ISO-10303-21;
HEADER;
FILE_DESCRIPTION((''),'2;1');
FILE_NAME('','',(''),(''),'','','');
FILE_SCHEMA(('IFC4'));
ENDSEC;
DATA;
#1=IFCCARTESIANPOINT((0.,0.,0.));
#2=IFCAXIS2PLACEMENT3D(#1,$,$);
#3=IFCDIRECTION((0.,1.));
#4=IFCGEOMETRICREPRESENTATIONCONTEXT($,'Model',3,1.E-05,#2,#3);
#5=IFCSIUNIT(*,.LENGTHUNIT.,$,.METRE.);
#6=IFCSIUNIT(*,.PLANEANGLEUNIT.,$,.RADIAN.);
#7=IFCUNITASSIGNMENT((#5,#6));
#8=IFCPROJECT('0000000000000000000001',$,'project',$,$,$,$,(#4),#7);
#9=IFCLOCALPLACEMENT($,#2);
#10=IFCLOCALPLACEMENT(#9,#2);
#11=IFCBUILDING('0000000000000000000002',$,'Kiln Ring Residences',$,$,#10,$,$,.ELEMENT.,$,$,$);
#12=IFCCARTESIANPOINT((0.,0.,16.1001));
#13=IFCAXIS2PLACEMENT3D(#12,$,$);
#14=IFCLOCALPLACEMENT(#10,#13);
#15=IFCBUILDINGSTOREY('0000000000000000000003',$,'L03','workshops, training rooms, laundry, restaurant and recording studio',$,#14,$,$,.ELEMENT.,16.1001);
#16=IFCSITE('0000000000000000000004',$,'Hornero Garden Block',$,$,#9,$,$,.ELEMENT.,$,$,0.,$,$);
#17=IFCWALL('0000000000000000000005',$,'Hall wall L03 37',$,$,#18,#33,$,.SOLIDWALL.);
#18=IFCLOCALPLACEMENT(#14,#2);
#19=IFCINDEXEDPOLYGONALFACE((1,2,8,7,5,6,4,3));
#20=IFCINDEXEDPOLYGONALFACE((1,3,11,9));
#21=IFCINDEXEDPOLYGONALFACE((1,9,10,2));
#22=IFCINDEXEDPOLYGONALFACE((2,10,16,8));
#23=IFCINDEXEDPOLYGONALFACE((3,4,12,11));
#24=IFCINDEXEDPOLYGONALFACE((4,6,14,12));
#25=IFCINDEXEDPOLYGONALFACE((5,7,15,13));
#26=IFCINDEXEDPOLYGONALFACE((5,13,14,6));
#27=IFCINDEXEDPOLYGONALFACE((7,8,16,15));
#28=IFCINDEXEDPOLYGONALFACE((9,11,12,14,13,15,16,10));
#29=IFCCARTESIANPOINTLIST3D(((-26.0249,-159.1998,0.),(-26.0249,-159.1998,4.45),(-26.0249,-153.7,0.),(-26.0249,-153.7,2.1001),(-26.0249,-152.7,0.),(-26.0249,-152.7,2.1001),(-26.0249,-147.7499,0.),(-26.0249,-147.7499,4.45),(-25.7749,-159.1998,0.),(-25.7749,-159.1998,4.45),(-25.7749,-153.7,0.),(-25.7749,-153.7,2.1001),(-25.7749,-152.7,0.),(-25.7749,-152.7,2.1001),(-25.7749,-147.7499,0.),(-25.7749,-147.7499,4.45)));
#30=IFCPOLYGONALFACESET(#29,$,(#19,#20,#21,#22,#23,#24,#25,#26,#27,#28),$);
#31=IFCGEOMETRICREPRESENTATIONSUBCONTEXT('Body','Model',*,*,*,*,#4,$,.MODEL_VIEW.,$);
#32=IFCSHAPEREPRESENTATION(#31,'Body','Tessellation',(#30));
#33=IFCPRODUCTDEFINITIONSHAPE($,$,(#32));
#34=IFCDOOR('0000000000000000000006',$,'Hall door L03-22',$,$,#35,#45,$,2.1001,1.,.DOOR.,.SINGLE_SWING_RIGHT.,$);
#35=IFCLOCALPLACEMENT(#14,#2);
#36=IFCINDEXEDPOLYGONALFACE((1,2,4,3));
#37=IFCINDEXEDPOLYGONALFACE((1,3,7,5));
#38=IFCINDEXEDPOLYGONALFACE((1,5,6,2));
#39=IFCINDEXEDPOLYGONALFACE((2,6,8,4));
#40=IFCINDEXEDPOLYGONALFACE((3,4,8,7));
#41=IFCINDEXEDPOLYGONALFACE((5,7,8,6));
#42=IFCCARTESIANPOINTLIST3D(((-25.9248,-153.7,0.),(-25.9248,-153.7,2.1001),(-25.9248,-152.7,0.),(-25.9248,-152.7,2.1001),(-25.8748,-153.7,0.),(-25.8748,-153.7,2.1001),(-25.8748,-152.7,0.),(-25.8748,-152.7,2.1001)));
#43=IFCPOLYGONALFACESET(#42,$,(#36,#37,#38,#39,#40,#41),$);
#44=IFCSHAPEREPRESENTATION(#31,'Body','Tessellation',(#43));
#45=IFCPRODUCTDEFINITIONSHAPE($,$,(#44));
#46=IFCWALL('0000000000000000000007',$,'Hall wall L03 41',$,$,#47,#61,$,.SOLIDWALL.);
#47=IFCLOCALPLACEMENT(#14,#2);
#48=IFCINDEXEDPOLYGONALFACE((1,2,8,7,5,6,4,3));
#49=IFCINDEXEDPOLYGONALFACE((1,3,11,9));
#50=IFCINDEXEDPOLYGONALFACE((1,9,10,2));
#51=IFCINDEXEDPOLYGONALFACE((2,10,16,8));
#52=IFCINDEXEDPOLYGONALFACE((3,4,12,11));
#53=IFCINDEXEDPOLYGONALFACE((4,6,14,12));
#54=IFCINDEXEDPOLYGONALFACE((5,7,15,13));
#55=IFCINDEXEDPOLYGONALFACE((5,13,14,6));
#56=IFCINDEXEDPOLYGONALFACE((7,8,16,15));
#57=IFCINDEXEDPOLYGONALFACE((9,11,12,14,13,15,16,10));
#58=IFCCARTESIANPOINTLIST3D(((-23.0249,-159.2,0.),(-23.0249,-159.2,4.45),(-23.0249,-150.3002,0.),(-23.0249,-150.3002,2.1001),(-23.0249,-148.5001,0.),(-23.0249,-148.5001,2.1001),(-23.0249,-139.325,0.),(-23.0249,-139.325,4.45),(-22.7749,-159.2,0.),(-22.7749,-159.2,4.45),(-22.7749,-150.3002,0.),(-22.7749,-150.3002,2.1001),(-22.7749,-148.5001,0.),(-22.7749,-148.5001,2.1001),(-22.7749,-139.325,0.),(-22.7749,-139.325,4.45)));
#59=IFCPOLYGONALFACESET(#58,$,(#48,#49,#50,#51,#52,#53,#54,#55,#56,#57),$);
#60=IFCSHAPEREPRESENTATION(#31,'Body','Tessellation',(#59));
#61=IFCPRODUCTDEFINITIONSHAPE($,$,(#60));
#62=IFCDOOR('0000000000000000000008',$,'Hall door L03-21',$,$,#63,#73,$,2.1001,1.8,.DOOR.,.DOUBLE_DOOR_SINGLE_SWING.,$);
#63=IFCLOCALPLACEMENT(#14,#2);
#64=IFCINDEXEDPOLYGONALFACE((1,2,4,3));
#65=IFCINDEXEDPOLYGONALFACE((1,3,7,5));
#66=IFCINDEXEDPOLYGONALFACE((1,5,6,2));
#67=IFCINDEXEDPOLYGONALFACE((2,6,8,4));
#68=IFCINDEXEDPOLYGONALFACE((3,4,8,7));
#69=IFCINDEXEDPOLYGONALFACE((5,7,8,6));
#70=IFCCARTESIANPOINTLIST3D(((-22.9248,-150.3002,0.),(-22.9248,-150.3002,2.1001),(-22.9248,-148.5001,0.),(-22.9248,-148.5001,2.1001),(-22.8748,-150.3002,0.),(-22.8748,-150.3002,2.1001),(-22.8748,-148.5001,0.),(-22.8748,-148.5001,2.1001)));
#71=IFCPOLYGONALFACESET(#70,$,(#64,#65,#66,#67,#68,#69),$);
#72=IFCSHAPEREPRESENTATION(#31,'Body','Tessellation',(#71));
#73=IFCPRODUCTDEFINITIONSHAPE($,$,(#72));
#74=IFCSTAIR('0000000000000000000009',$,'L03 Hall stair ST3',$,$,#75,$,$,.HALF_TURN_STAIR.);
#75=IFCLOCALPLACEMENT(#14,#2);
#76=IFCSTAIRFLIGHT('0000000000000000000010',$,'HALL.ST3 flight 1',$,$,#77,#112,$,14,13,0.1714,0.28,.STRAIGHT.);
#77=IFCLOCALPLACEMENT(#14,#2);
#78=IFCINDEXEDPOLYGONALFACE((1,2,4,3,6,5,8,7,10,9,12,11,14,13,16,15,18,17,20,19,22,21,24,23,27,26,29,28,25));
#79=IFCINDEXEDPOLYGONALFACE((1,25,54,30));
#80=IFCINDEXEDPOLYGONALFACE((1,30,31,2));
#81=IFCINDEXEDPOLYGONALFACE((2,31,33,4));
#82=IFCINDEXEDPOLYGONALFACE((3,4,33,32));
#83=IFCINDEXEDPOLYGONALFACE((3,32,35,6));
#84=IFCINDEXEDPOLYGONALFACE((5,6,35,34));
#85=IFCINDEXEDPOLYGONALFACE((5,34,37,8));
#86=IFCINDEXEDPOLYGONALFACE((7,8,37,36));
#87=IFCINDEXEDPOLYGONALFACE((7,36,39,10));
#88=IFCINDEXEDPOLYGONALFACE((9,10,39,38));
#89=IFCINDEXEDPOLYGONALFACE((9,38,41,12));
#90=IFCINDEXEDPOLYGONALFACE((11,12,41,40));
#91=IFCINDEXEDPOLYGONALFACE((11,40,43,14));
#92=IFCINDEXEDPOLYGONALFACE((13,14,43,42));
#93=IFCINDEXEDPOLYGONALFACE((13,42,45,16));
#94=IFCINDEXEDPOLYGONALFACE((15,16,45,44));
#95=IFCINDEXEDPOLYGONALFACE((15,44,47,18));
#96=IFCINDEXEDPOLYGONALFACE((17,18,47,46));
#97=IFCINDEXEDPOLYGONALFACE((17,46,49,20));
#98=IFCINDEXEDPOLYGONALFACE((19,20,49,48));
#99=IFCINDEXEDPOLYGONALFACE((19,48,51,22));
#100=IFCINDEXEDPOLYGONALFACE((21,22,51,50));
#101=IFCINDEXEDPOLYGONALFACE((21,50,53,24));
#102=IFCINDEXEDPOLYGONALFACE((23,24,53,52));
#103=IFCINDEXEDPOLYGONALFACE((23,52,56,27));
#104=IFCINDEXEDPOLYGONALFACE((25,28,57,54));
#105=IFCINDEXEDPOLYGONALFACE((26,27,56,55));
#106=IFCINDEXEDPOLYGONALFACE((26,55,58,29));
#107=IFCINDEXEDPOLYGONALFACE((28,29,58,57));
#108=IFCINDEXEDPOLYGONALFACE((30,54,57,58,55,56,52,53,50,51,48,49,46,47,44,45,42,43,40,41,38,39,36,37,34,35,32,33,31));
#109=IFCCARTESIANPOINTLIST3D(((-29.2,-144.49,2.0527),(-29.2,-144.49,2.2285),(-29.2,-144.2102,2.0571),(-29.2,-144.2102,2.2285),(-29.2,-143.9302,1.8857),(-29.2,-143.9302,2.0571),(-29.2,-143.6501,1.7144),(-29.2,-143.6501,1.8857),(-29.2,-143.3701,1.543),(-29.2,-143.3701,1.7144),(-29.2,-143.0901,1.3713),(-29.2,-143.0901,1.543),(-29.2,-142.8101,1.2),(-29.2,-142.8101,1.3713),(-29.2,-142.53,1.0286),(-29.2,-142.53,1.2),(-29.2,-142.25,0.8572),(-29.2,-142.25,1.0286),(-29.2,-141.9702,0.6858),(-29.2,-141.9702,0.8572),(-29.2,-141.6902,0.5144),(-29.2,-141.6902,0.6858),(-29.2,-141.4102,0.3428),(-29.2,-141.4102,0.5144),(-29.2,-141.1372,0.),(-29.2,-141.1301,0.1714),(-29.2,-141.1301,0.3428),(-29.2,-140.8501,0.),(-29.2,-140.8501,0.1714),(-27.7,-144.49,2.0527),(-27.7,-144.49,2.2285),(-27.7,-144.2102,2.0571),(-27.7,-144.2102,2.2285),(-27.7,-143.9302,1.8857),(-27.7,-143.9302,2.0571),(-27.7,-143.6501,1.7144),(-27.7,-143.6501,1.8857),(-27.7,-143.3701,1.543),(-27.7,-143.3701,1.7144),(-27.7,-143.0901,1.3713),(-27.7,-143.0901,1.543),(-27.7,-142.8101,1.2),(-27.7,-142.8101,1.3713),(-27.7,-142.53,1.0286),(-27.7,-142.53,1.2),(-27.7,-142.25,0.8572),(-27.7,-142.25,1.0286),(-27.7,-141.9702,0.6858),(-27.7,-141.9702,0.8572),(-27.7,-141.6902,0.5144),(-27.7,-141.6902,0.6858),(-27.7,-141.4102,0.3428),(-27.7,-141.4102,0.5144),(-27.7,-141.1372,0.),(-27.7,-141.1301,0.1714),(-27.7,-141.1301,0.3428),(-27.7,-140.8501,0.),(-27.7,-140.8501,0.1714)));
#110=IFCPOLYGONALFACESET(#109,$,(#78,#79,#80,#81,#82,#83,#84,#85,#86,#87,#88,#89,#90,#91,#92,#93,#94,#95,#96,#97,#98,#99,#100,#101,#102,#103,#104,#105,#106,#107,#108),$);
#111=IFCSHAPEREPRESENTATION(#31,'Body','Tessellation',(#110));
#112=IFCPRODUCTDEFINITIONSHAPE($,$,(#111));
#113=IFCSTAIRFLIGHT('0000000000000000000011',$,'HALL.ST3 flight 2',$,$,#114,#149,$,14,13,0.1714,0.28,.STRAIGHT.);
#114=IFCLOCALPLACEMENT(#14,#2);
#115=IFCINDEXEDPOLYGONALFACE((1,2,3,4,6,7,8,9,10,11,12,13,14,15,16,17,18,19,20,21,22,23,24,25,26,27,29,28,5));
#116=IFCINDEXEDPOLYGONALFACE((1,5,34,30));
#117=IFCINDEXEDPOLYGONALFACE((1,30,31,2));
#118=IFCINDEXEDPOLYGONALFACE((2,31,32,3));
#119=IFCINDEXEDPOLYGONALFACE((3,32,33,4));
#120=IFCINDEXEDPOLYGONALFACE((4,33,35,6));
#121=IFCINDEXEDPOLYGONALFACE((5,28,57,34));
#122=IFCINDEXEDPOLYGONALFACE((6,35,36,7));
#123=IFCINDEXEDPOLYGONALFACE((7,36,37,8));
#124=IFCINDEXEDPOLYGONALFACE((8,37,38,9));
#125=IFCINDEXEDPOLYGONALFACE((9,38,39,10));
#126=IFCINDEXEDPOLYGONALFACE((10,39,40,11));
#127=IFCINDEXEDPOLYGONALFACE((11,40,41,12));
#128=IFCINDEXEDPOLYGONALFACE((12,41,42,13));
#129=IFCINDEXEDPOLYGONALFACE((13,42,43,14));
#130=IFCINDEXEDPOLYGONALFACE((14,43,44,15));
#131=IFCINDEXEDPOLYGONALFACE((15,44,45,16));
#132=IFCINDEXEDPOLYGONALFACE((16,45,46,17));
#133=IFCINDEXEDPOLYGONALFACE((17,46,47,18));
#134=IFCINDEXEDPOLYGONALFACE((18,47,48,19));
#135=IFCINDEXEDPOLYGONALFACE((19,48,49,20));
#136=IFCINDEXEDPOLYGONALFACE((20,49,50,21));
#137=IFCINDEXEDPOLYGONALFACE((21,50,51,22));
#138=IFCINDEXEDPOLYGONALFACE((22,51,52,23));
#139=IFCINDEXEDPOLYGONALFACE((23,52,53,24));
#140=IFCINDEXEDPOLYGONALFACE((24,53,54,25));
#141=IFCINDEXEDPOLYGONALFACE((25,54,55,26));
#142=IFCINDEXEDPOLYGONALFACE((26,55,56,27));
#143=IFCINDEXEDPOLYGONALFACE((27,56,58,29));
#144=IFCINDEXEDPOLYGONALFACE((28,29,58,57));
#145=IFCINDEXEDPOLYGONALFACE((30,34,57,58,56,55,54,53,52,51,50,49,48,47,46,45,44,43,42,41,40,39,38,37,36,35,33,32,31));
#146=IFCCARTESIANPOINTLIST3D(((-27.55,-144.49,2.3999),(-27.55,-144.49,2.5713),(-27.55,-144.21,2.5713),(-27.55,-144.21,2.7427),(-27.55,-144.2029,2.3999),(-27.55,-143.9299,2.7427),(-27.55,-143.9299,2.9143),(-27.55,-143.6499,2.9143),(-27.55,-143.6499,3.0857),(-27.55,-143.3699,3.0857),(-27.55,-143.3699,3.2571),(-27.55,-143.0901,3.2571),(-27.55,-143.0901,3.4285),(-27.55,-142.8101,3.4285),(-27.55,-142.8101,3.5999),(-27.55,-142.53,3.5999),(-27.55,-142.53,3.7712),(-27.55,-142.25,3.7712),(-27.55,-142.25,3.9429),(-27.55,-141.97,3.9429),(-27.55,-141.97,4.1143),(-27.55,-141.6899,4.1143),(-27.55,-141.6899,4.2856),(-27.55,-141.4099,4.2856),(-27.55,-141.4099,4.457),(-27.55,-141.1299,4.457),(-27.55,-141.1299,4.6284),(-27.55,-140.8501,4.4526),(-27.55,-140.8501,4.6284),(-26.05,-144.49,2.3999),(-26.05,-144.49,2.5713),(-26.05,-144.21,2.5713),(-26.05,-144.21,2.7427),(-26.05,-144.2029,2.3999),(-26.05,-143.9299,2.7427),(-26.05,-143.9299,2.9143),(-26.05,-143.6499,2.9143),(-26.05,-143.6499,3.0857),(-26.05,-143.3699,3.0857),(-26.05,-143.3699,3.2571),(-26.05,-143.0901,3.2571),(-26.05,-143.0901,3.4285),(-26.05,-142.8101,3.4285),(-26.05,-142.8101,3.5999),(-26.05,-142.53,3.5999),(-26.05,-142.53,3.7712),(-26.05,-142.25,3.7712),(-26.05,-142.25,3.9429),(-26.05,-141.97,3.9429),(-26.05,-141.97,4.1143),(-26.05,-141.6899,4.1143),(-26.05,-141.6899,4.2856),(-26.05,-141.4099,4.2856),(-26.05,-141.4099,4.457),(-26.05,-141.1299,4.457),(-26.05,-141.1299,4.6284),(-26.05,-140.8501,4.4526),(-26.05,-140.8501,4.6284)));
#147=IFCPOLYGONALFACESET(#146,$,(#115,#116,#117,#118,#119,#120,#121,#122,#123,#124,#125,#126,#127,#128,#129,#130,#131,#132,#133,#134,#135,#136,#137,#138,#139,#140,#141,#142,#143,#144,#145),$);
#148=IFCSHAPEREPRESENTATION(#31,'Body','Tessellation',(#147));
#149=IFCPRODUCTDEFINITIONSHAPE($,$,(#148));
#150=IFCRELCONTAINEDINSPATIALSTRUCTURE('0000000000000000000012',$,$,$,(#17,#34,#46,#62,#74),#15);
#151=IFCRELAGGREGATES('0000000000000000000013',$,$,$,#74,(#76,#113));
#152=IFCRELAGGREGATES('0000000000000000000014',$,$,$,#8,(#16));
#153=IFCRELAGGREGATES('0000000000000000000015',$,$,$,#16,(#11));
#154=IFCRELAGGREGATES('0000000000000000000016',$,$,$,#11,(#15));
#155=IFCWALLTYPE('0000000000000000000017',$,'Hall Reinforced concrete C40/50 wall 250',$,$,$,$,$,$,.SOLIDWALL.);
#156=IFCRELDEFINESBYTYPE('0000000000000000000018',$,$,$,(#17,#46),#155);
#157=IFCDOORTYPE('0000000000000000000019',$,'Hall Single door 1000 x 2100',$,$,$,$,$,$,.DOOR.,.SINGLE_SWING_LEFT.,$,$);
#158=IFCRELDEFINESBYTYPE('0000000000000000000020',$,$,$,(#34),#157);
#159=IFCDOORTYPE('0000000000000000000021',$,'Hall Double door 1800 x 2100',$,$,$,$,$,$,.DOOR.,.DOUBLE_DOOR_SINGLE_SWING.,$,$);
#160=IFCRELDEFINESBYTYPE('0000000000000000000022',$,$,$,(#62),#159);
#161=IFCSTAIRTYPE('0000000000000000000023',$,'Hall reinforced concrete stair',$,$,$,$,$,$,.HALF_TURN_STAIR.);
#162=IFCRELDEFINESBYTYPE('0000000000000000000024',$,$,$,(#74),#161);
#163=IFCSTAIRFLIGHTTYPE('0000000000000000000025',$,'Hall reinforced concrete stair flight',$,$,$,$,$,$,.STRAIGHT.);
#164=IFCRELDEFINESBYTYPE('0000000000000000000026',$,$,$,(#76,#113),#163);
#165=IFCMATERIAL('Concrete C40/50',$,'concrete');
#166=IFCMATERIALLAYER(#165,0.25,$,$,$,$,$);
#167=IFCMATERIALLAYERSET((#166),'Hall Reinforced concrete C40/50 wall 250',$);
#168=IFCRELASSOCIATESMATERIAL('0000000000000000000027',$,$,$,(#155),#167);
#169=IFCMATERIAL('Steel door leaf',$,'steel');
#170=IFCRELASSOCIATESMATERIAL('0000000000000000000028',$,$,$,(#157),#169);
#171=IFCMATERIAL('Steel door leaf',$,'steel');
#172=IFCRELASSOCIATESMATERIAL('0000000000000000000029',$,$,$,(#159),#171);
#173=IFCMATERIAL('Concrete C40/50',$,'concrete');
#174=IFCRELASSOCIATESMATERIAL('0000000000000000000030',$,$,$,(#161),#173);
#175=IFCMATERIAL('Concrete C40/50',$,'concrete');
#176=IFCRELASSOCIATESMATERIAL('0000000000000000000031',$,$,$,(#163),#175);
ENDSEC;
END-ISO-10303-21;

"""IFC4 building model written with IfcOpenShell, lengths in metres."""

from ifc_helpers import new_model, si_unit, direction, frame, frame_2d, origin, place, context, subcontext, project, spatial, polyline, rectangle, outline, extrude, material, layer, layer_set, type_object, element, fill, aggregate, save


model = new_model("IFC4")

# Units and contexts
model_context = context("Model", 3, precision=1e-05, world=origin(), true_north=direction((0.0, 1.0)))
body_context = subcontext(model_context, "Body", "Model", "MODEL_VIEW")
ifc_project = project(units=[si_unit("LENGTHUNIT", "METRE"), si_unit("PLANEANGLEUNIT", "RADIAN")], contexts=[model_context])

# Site, building, storey
site_placement = place(None, origin())
site = spatial("IfcSite", under=ifc_project, at=site_placement, Name="Hornero Garden Block", CompositionType="ELEMENT", RefElevation=0.0)
building_placement = place(site_placement, origin())
building = spatial("IfcBuilding", under=site, at=building_placement, Name="Kiln Ring Residences", CompositionType="ELEMENT")
storey_placement = place(building_placement, frame((0.0, 0.0, 16.1001)))
storey = spatial("IfcBuildingStorey", under=building, at=storey_placement, Name="L03", Description="workshops, training rooms, laundry, restaurant and recording studio", CompositionType="ELEMENT", Elevation=16.1001)

# Walls, openings, doors
ifc_material_1 = material(Name="Concrete C40/50", Category="concrete")
ifc_layer_1 = layer(ifc_material_1, 0.25)
ifc_layer_set_1 = layer_set([ifc_layer_1], Name="Hall Reinforced concrete C40/50 wall 250")
wall_type_1 = type_object("IfcWallType", Name="Hall Reinforced concrete C40/50 wall 250", PredefinedType="SOLIDWALL", material=ifc_layer_set_1)
wall_1_placement = place(storey_placement, frame((-25.8999, -159.2, 0.0), z_axis=(0.0, 0.0, 1.0), x_axis=(0.0, 1.0, 0.0)))
wall_1 = element("IfcWall", 1, at=wall_1_placement, inside=storey, type_object=wall_type_1, Name="Hall wall L03 37", PredefinedType="SOLIDWALL", context=body_context, shape_type="SweptSolid", body=[
    extrude(rectangle(XDim=11.45, YDim=0.25, at=frame_2d((5.7251, 0.0))), origin(), (0.0, 0.0, 1.0), 4.45),
])
opening_1_placement = place(wall_1_placement, frame((5.5, 0.0, 0.0)))
opening_1 = element("IfcOpeningElement", 2, at=opening_1_placement, cuts=wall_1, PredefinedType="OPENING", context=body_context, shape_type="SweptSolid", body=[
    extrude(rectangle(XDim=1.0, YDim=2.1001, at=frame_2d((0.5, 1.05))), frame((0.0, 0.135, 0.0), z_axis=(0.0, -1.0, 0.0), x_axis=(1.0, 0.0, 0.0)), (0.0, 0.0, 1.0), 0.27),
])
ifc_material_2 = material(Name="Steel door leaf", Category="steel")
door_type_1 = type_object("IfcDoorType", Name="Hall Single door 1000 x 2100", OperationType="SINGLE_SWING_LEFT", PredefinedType="DOOR", material=ifc_material_2)
door_1_placement = place(opening_1_placement, origin())
door_1 = element("IfcDoor", 3, at=door_1_placement, inside=storey, type_object=door_type_1, Name="Hall door L03-22", OperationType="SINGLE_SWING_RIGHT", OverallHeight=2.1001, OverallWidth=1.0, PredefinedType="DOOR", context=body_context, shape_type="SweptSolid", body=[
    extrude(rectangle(XDim=1.0, YDim=2.1001, at=frame_2d((0.5, 1.05))), frame((0.0, 0.0249, 0.0), z_axis=(0.0, -1.0, 0.0), x_axis=(1.0, 0.0, 0.0)), (0.0, 0.0, 1.0), 0.05),
])
fill(opening_1, door_1)
wall_2_placement = place(storey_placement, frame((-22.8999, -159.2, 0.0), z_axis=(0.0, 0.0, 1.0), x_axis=(0.0, 1.0, 0.0)))
wall_2 = element("IfcWall", 4, at=wall_2_placement, inside=storey, type_object=wall_type_1, Name="Hall wall L03 41", PredefinedType="SOLIDWALL", context=body_context, shape_type="SweptSolid", body=[
    extrude(rectangle(XDim=19.875, YDim=0.25, at=frame_2d((9.9375, 0.0))), origin(), (0.0, 0.0, 1.0), 4.45),
])
opening_2_placement = place(wall_2_placement, frame((8.8999, 0.0, 0.0)))
opening_2 = element("IfcOpeningElement", 5, at=opening_2_placement, cuts=wall_2, PredefinedType="OPENING", context=body_context, shape_type="SweptSolid", body=[
    extrude(rectangle(XDim=1.8, YDim=2.1001, at=frame_2d((0.8999, 1.05))), frame((0.0, 0.135, 0.0), z_axis=(0.0, -1.0, 0.0), x_axis=(1.0, 0.0, 0.0)), (0.0, 0.0, 1.0), 0.27),
])
ifc_material_3 = material(Name="Steel door leaf", Category="steel")
door_type_2 = type_object("IfcDoorType", Name="Hall Double door 1800 x 2100", OperationType="DOUBLE_DOOR_SINGLE_SWING", PredefinedType="DOOR", material=ifc_material_3)
door_2_placement = place(opening_2_placement, origin())
door_2 = element("IfcDoor", 6, at=door_2_placement, inside=storey, type_object=door_type_2, Name="Hall door L03-21", OperationType="DOUBLE_DOOR_SINGLE_SWING", OverallHeight=2.1001, OverallWidth=1.8, PredefinedType="DOOR", context=body_context, shape_type="SweptSolid", body=[
    extrude(rectangle(XDim=1.8, YDim=2.1001, at=frame_2d((0.8999, 1.05))), frame((0.0, 0.0249, 0.0), z_axis=(0.0, -1.0, 0.0), x_axis=(1.0, 0.0, 0.0)), (0.0, 0.0, 1.0), 0.05),
])
fill(opening_2, door_2)

# Stair, stair flights
ifc_material_4 = material(Name="Concrete C40/50", Category="concrete")
stair_type = type_object("IfcStairType", Name="Hall reinforced concrete stair", PredefinedType="HALF_TURN_STAIR", material=ifc_material_4)
stair_placement = place(storey_placement, origin())
stair = element("IfcStair", 7, at=stair_placement, inside=storey, type_object=stair_type, Name="L03 Hall stair ST3", PredefinedType="HALF_TURN_STAIR")
ifc_material_5 = material(Name="Concrete C40/50", Category="concrete")
stair_flight_type = type_object("IfcStairFlightType", Name="Hall reinforced concrete stair flight", PredefinedType="STRAIGHT", material=ifc_material_5)
stair_flight_1_placement = place(storey_placement, frame((-28.45, -140.8501, 0.0), z_axis=(0.0, 0.0, 1.0), x_axis=(0.0, -1.0, 0.0)))
stair_flight_1 = element("IfcStairFlight", 8, at=stair_flight_1_placement, type_object=stair_flight_type, Name="HALL.ST3 flight 1", NumberOfRisers=14, NumberOfTreads=13, PredefinedType="STRAIGHT", RiserHeight=0.1714, TreadLength=0.28, context=body_context, shape_type="SweptSolid", body=[
    extrude(outline(polyline([(0.0, 0.0), (0.0, 0.1714), (0.28, 0.1714), (0.28, 0.3428), (0.5601, 0.3428), (0.5601, 0.5144), (0.8401, 0.5144), (0.8401, 0.6858), (1.1201, 0.6858), (1.1201, 0.8572), (1.3999, 0.8572), (1.3999, 1.0286), (1.6799, 1.0286), (1.6799, 1.2), (1.96, 1.2), (1.96, 1.3713), (2.24, 1.3713), (2.24, 1.543), (2.52, 1.543), (2.52, 1.7144), (2.8, 1.7144), (2.8, 1.8857), (3.0801, 1.8857), (3.0801, 2.0571), (3.3601, 2.0571), (3.3601, 2.2285), (3.6399, 2.2285), (3.6399, 2.3999), (3.6399, 2.0527), (0.2871, 0.0), (0.0, 0.0)])), frame((0.0, 0.75, 0.0), z_axis=(0.0, -1.0, 0.0), x_axis=(1.0, 0.0, 0.0)), (0.0, 0.0, 1.0), 1.5),
])
stair_flight_2_placement = place(storey_placement, frame((-26.8, -144.49, 2.3999), z_axis=(0.0, 0.0, 1.0), x_axis=(0.0, 1.0, 0.0)))
stair_flight_2 = element("IfcStairFlight", 9, at=stair_flight_2_placement, type_object=stair_flight_type, Name="HALL.ST3 flight 2", NumberOfRisers=14, NumberOfTreads=13, PredefinedType="STRAIGHT", RiserHeight=0.1714, TreadLength=0.28, context=body_context, shape_type="SweptSolid", body=[
    extrude(outline(polyline([(0.0, 0.0), (0.0, 0.1714), (0.28, 0.1714), (0.28, 0.3428), (0.5601, 0.3428), (0.5601, 0.5144), (0.8401, 0.5144), (0.8401, 0.6858), (1.1201, 0.6858), (1.1201, 0.8572), (1.3999, 0.8572), (1.3999, 1.0286), (1.6799, 1.0286), (1.6799, 1.2), (1.96, 1.2), (1.96, 1.3713), (2.24, 1.3713), (2.24, 1.543), (2.52, 1.543), (2.52, 1.7144), (2.8, 1.7144), (2.8, 1.8857), (3.0801, 1.8857), (3.0801, 2.0571), (3.3601, 2.0571), (3.3601, 2.2285), (3.6399, 2.2285), (3.6399, 2.3999), (3.6399, 2.0527), (0.2871, 0.0), (0.0, 0.0)])), frame((0.0, 0.75, 0.0), z_axis=(0.0, -1.0, 0.0), x_axis=(1.0, 0.0, 0.0)), (0.0, 0.0, 1.0), 1.5),
])
aggregate(stair, [stair_flight_1, stair_flight_2])

save(model, "model.ifc")
